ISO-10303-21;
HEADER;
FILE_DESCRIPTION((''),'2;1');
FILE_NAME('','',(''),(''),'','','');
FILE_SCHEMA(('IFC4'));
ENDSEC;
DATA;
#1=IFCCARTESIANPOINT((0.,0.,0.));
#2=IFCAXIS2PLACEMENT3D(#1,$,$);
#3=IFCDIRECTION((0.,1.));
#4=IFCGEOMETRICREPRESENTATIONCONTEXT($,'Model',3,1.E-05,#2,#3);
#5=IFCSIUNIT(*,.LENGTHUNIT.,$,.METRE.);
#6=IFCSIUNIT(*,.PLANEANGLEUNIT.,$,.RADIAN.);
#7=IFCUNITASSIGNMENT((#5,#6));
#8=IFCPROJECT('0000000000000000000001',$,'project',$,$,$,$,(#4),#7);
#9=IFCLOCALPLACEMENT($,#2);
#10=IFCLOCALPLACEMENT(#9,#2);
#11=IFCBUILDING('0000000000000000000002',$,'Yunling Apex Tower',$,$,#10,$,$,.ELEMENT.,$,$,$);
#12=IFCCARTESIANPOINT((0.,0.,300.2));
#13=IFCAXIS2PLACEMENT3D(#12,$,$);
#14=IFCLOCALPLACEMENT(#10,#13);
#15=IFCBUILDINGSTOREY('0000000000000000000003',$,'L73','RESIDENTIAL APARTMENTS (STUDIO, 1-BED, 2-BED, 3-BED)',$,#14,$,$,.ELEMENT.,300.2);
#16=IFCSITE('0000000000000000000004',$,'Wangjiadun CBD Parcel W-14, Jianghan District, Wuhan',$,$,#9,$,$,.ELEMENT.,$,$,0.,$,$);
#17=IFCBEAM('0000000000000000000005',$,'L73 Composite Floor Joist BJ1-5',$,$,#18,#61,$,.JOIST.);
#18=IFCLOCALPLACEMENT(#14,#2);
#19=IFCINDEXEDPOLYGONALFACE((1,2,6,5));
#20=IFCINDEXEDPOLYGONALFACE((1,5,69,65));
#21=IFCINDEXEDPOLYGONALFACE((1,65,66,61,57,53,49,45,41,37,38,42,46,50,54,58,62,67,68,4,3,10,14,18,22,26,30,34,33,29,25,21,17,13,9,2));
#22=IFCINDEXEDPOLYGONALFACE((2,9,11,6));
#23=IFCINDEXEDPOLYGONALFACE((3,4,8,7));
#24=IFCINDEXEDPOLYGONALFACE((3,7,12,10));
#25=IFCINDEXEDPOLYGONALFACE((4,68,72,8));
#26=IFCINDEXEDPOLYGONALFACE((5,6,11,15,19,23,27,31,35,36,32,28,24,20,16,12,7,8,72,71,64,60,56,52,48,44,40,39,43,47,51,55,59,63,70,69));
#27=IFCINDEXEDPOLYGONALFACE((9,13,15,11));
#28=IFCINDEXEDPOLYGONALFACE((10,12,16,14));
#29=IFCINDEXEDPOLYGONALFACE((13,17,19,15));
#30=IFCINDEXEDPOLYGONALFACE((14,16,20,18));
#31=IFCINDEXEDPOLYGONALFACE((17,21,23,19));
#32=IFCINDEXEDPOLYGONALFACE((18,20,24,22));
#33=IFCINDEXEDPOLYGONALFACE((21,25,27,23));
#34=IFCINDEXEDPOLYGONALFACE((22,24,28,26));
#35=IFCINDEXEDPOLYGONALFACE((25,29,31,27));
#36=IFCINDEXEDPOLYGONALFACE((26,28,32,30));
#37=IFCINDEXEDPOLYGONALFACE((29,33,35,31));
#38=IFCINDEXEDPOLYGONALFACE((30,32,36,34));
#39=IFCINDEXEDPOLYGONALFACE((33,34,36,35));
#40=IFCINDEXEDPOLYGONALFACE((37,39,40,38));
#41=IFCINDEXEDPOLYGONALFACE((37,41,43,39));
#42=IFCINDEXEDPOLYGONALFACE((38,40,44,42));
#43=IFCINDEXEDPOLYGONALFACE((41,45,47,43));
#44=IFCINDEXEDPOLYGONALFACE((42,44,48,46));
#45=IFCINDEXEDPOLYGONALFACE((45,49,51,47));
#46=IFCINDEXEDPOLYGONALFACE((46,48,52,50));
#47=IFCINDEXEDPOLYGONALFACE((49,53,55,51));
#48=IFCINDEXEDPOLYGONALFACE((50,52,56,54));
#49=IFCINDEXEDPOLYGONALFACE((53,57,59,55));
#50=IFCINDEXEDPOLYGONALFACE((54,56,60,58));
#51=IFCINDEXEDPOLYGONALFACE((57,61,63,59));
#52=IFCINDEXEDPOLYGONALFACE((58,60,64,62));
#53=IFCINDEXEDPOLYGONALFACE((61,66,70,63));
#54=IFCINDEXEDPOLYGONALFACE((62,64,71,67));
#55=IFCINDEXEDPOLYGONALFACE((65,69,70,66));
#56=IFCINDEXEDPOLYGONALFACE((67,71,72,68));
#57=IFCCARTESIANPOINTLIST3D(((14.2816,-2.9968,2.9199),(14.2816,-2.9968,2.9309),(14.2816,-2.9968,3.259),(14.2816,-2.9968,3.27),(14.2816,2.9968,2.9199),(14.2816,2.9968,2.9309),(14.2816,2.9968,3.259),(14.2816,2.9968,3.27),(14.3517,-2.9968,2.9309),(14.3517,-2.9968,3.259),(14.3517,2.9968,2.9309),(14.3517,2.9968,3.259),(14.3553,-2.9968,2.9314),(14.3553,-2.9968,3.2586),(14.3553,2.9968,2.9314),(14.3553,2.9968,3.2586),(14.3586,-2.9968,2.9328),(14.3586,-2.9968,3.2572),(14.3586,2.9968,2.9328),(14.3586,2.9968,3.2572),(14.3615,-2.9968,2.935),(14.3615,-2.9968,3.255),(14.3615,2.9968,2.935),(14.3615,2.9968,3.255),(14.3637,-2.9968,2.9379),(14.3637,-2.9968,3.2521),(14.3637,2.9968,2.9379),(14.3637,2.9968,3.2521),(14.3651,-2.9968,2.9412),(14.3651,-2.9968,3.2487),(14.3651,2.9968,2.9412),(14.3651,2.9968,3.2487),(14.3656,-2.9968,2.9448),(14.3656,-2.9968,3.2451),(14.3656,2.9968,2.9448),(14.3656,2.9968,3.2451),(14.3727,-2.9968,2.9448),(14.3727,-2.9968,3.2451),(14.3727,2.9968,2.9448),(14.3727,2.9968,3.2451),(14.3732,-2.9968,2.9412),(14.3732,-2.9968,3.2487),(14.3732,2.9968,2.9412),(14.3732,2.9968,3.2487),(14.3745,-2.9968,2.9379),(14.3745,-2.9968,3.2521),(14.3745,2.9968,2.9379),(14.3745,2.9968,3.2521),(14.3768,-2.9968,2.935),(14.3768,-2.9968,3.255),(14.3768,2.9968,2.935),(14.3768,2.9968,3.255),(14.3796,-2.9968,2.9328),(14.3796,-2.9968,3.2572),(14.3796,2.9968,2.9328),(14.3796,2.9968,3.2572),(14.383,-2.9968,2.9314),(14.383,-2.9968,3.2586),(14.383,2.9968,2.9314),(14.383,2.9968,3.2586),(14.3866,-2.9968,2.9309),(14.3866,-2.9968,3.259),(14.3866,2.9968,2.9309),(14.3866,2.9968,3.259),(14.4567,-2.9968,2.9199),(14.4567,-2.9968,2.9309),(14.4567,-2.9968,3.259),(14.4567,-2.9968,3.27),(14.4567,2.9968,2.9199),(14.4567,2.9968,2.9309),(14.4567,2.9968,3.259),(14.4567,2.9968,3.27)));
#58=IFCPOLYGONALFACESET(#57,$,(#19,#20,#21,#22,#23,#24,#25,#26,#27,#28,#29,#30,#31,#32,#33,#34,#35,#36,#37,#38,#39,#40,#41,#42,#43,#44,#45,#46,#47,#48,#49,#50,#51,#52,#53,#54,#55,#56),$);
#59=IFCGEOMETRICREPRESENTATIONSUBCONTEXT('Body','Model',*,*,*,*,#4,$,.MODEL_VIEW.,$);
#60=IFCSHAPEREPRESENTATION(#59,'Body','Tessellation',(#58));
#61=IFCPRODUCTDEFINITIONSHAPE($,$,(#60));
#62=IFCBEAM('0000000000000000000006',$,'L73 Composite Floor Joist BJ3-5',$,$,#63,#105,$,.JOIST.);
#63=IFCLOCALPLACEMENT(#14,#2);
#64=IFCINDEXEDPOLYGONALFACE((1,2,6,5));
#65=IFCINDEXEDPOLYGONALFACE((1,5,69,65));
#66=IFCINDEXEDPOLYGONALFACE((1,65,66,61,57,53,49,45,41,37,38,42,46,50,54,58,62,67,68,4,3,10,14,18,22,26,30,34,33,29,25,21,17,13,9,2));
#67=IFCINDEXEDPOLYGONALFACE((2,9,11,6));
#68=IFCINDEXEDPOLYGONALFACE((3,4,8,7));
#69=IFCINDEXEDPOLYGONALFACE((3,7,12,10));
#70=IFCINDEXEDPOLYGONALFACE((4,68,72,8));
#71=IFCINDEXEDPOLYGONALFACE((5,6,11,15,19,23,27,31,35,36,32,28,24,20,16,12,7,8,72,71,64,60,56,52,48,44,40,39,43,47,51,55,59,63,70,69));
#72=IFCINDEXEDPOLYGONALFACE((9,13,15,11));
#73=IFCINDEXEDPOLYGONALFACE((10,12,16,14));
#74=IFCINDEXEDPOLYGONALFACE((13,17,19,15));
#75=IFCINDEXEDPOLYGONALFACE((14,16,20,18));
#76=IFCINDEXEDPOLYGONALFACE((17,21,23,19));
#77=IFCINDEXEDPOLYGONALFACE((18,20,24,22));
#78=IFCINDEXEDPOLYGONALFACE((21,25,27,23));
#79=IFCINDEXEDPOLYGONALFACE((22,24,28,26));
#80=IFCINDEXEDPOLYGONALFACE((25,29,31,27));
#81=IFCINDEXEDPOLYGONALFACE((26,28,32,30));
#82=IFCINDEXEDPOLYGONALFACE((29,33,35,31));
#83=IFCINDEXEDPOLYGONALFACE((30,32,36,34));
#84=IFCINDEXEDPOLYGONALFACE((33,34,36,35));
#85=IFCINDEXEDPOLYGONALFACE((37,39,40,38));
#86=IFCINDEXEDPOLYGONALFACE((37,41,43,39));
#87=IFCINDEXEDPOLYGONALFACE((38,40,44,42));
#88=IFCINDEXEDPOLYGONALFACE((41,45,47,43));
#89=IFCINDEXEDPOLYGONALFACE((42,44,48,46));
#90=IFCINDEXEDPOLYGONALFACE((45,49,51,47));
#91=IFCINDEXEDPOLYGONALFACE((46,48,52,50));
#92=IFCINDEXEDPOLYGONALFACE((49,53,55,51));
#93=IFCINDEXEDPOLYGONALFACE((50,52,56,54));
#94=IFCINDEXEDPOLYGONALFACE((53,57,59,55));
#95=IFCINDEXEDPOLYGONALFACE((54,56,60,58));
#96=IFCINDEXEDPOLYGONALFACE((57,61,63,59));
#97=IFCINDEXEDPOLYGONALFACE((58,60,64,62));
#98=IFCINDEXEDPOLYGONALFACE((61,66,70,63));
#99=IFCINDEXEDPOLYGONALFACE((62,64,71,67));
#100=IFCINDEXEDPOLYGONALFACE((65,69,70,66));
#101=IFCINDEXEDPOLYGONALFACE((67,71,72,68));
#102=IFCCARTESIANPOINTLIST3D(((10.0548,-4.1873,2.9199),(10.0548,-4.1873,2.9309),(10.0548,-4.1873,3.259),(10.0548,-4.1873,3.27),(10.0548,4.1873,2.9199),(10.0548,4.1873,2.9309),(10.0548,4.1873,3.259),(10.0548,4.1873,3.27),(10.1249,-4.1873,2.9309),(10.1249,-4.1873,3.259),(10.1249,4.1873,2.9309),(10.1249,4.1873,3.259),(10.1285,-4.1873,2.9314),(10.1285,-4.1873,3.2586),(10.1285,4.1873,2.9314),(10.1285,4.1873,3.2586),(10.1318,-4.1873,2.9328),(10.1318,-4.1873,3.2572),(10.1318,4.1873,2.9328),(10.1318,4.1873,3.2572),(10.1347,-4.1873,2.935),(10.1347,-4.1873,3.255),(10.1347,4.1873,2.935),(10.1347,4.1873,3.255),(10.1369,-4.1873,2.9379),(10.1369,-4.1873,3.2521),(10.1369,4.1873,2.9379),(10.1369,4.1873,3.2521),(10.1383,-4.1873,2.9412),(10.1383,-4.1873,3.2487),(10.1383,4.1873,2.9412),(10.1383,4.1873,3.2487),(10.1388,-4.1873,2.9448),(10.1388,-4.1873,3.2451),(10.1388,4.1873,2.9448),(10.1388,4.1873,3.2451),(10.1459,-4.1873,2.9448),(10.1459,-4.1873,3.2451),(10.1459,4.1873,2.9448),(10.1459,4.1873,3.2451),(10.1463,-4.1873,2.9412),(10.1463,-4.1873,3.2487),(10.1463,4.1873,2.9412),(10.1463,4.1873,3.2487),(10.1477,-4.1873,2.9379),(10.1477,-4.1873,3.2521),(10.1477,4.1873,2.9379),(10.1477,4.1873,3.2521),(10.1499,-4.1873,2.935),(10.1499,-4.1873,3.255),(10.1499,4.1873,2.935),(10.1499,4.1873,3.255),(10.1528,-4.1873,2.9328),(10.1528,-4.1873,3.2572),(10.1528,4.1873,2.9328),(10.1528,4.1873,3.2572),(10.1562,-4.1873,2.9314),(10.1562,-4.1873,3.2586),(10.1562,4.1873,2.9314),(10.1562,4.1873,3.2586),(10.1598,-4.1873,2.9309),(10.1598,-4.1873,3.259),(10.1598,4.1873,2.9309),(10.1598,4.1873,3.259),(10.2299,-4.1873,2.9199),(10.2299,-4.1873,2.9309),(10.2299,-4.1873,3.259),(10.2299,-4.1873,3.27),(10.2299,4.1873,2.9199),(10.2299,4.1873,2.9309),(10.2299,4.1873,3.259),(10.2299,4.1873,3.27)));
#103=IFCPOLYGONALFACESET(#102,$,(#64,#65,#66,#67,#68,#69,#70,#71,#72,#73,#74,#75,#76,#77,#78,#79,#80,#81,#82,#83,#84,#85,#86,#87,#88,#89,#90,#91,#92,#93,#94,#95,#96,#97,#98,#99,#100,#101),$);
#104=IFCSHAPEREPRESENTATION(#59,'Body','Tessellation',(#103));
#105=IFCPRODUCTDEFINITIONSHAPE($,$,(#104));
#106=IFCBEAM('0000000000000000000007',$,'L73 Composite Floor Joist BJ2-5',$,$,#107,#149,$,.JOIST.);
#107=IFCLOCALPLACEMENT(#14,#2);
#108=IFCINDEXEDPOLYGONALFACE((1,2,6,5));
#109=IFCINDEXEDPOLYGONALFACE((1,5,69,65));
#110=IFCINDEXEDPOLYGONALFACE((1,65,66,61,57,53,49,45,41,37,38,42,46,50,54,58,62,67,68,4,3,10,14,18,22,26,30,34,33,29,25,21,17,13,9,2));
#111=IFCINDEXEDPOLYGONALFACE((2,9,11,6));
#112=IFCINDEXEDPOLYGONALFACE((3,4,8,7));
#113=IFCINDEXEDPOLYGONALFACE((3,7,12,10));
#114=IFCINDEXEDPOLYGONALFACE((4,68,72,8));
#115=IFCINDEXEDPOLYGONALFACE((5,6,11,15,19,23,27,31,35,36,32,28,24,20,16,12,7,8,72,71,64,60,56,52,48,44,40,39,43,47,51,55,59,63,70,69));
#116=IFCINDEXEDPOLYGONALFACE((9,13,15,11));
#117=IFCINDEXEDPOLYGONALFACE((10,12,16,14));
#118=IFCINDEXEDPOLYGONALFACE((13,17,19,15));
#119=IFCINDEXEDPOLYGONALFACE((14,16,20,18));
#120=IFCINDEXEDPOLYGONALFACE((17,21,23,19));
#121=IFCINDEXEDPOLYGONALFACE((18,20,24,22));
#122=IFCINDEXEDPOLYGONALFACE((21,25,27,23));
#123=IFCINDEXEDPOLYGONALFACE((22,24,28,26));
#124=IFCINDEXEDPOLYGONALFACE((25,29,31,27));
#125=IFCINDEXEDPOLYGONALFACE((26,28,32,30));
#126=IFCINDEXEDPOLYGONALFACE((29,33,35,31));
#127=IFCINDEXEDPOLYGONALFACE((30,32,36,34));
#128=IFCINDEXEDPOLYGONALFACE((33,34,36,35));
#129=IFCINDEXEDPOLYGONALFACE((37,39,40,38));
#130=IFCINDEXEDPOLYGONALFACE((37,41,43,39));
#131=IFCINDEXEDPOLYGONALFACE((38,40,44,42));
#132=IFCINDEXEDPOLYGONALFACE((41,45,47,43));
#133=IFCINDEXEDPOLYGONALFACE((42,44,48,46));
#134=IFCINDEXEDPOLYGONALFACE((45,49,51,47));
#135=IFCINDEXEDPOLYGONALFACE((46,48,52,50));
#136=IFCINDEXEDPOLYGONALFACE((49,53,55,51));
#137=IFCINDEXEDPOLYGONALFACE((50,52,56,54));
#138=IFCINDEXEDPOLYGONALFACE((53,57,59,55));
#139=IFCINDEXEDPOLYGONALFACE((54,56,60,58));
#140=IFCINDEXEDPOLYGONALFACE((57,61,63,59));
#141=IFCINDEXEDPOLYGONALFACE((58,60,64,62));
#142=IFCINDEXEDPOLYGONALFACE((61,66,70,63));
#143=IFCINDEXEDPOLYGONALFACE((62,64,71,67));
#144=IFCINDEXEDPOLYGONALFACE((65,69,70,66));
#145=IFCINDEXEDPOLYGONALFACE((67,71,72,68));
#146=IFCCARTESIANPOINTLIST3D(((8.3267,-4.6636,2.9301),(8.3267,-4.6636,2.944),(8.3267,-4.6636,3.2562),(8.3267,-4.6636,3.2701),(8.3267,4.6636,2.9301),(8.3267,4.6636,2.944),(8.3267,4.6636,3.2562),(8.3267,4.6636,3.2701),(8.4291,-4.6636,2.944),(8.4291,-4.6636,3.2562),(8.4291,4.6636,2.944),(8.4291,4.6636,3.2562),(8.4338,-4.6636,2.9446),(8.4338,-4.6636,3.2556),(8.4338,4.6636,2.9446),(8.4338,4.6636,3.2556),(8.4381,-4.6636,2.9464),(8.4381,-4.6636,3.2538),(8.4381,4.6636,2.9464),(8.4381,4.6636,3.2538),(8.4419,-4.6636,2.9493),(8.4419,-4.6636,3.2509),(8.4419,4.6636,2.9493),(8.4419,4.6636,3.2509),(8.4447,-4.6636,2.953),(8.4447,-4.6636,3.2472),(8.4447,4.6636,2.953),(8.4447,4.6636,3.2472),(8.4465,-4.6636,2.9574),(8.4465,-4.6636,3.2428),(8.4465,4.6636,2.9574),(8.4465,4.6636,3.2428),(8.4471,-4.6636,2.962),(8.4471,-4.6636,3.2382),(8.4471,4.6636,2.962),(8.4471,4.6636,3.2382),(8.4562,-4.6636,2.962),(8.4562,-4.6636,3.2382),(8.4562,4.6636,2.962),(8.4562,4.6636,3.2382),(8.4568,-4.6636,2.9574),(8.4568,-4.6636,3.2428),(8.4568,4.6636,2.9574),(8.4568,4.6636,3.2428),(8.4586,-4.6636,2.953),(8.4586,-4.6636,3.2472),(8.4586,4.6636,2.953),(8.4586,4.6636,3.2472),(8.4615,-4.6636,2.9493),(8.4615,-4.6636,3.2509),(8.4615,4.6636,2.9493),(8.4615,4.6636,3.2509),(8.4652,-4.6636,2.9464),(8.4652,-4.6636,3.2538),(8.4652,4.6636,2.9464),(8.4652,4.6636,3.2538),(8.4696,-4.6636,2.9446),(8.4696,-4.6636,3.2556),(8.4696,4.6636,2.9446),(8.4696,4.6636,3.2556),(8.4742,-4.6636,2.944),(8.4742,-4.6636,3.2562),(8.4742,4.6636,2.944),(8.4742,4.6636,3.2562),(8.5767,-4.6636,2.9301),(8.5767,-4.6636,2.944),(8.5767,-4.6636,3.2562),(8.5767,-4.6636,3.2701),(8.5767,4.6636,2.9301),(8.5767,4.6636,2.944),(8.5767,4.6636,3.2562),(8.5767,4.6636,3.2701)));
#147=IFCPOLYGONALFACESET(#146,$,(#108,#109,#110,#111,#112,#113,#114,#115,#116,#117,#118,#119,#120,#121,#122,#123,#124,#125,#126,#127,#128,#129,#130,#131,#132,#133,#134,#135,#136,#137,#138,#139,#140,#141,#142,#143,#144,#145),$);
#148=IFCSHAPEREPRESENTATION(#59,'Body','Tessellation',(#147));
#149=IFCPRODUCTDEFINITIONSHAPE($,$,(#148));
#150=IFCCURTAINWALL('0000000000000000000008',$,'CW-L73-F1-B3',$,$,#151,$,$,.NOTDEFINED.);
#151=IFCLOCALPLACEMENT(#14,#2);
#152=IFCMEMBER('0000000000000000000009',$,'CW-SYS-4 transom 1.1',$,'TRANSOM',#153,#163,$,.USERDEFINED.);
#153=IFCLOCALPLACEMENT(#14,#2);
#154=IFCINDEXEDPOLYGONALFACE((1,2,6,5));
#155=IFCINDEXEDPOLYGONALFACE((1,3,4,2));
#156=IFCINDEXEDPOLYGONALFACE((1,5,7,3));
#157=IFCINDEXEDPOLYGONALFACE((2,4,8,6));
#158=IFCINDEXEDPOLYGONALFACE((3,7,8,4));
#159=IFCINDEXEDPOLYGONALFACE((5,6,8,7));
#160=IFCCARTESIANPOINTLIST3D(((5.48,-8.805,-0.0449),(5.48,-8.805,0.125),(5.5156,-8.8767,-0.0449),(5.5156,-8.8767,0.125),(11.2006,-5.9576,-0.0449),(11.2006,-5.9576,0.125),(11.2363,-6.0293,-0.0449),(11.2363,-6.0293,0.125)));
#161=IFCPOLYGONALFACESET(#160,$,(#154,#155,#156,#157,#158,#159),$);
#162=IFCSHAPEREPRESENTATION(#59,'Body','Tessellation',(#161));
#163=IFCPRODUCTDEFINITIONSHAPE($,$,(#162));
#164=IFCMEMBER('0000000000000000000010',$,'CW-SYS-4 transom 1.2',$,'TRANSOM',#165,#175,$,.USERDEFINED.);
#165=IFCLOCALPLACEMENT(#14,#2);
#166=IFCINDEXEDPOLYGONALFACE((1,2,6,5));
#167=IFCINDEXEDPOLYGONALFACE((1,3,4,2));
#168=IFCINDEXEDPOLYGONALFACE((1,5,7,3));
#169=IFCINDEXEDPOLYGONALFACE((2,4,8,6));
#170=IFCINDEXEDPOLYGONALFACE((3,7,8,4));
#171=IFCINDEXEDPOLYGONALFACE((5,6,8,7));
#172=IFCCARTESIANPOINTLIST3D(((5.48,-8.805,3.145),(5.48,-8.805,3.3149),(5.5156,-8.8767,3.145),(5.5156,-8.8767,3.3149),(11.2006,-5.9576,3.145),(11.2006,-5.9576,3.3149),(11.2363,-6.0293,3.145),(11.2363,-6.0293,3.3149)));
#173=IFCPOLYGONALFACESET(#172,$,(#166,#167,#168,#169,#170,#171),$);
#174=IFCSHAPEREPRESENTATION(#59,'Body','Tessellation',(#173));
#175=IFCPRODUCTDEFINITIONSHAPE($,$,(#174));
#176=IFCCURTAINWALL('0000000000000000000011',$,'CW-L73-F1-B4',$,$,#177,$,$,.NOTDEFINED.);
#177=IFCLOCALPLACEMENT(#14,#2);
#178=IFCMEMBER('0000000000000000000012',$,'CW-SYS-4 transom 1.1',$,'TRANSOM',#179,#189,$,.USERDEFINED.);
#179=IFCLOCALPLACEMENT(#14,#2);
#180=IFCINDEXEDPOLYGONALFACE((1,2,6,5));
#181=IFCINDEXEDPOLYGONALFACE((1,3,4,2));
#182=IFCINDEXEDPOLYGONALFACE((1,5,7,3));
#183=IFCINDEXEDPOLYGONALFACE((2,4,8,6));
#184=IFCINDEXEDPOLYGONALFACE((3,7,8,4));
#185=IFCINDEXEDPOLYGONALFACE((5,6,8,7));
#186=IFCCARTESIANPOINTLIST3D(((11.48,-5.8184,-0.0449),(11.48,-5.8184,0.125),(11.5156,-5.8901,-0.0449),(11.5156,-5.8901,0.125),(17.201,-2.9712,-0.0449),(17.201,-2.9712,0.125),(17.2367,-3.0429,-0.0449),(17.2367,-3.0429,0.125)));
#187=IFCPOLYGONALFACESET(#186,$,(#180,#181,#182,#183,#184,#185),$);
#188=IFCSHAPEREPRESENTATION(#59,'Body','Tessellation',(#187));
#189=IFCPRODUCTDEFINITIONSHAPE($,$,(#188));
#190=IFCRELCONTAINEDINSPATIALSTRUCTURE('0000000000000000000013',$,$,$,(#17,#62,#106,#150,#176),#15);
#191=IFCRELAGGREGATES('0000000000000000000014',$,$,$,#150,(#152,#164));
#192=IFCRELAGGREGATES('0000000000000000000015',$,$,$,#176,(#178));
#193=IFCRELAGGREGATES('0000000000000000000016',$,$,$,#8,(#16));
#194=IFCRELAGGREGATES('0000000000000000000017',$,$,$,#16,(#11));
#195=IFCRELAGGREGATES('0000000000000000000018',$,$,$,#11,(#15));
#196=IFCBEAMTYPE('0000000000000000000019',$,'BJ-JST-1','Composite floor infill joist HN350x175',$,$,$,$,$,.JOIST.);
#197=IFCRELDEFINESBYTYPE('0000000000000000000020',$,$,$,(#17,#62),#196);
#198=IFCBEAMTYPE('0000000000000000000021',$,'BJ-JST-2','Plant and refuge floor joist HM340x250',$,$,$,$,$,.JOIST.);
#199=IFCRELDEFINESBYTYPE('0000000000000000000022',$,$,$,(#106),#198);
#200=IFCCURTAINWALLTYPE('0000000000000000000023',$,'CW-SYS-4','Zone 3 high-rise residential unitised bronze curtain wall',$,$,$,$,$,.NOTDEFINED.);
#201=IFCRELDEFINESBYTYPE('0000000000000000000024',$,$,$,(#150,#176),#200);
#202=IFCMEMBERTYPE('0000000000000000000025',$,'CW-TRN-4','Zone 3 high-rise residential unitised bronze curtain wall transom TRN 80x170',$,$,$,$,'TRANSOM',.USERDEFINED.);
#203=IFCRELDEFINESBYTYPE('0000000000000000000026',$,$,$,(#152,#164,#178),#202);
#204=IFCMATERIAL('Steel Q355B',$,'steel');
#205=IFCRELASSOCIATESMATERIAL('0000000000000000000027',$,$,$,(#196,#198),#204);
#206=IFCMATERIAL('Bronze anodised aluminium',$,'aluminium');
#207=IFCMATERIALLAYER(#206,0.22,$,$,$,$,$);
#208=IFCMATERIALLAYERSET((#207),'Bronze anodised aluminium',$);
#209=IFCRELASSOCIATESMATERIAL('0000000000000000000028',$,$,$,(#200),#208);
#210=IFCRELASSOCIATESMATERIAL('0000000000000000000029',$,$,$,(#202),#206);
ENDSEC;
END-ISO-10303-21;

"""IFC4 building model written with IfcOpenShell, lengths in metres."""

from ifc_helpers import new_model, si_unit, direction, frame, origin, origin_2d, place, context, subcontext, project, spatial, rectangle, i_section, extrude, source, transform, mapped, material, layer, layer_set, material_profile, profile_set, type_object, element, aggregate, save


model = new_model("IFC4")

# Units and contexts
model_context = context("Model", 3, precision=1e-05, world=origin(), true_north=direction((0.0, 1.0)))
body_context = subcontext(model_context, "Body", "Model", "MODEL_VIEW")
ifc_project = project(units=[si_unit("LENGTHUNIT", "METRE"), si_unit("PLANEANGLEUNIT", "RADIAN")], contexts=[model_context])

# Site, building, storey
site_placement = place(None, origin())
site = spatial("IfcSite", under=ifc_project, at=site_placement, Name="Wangjiadun CBD Parcel W-14, Jianghan District, Wuhan", CompositionType="ELEMENT", RefElevation=0.0)
building_placement = place(site_placement, origin())
building = spatial("IfcBuilding", under=site, at=building_placement, Name="Yunling Apex Tower", CompositionType="ELEMENT")
storey_placement = place(building_placement, frame((0.0, 0.0, 300.2)))
storey = spatial("IfcBuildingStorey", under=building, at=storey_placement, Name="L73", Description="RESIDENTIAL APARTMENTS (STUDIO, 1-BED, 2-BED, 3-BED)", CompositionType="ELEMENT", Elevation=300.2)

# Shared definitions
ifc_material_1 = material(Name="Steel Q355B", Category="steel")

# Beams
ifc_material_profile_1 = material_profile(ifc_material_1, i_section(OverallWidth=0.175, OverallDepth=0.3501, WebThickness=0.0071, FlangeThickness=0.011, FilletRadius=0.0139, at=origin_2d()))
ifc_profile_set_1 = profile_set([ifc_material_profile_1], Name="Steel Q355B")
beam_type_1 = type_object("IfcBeamType", Name="BJ-JST-1", Description="Composite floor infill joist HN350x175", PredefinedType="JOIST", material=ifc_profile_set_1)
shared_shape_1 = source(origin(), body_context, "Body", "SweptSolid", [
    extrude(i_section(OverallWidth=0.175, OverallDepth=0.3501, WebThickness=0.0071, FlangeThickness=0.011, FilletRadius=0.0139, at=origin_2d()), origin(), (0.0, 0.0, 1.0), 5.9937),
])
beam_1_placement = place(storey_placement, frame((14.3691, -2.9968, 3.095), z_axis=(0.0, 1.0, 0.0), x_axis=(-1.0, 0.0, 0.0)))
element("IfcBeam", 1, at=beam_1_placement, inside=storey, type_object=beam_type_1, Name="L73 Composite Floor Joist BJ1-5", PredefinedType="JOIST", context=body_context, shape_type="MappedRepresentation", body=[
    mapped(shared_shape_1, transform((0.0, 0.0, 0.0), scale=1.0)),
])
shared_shape_2 = source(origin(), body_context, "Body", "SweptSolid", [
    extrude(i_section(OverallWidth=0.175, OverallDepth=0.3501, WebThickness=0.0071, FlangeThickness=0.011, FilletRadius=0.0139, at=origin_2d()), origin(), (0.0, 0.0, 1.0), 8.3745),
])
beam_2_placement = place(storey_placement, frame((10.1423, -4.1873, 3.095), z_axis=(0.0, 1.0, 0.0), x_axis=(-1.0, 0.0, 0.0)))
element("IfcBeam", 2, at=beam_2_placement, inside=storey, type_object=beam_type_1, Name="L73 Composite Floor Joist BJ3-5", PredefinedType="JOIST", context=body_context, shape_type="MappedRepresentation", body=[
    mapped(shared_shape_2, transform((0.0, 0.0, 0.0), scale=1.0)),
])
ifc_material_profile_2 = material_profile(ifc_material_1, i_section(OverallWidth=0.25, OverallDepth=0.3401, WebThickness=0.009, FlangeThickness=0.0139, FilletRadius=0.0181, at=origin_2d()))
ifc_profile_set_2 = profile_set([ifc_material_profile_2], Name="Steel Q355B")
beam_type_2 = type_object("IfcBeamType", Name="BJ-JST-2", Description="Plant and refuge floor joist HM340x250", PredefinedType="JOIST", material=ifc_profile_set_2)
shared_shape_3 = source(origin(), body_context, "Body", "SweptSolid", [
    extrude(i_section(OverallWidth=0.25, OverallDepth=0.3401, WebThickness=0.009, FlangeThickness=0.0139, FilletRadius=0.0181, at=origin_2d()), origin(), (0.0, 0.0, 1.0), 9.3271),
])
beam_3_placement = place(storey_placement, frame((8.4517, -4.6636, 3.1001), z_axis=(0.0, 1.0, 0.0), x_axis=(-1.0, 0.0, 0.0)))
element("IfcBeam", 3, at=beam_3_placement, inside=storey, type_object=beam_type_2, Name="L73 Composite Floor Joist BJ2-5", PredefinedType="JOIST", context=body_context, shape_type="MappedRepresentation", body=[
    mapped(shared_shape_3, transform((0.0, 0.0, 0.0), scale=1.0)),
])

# Curtain walls, members
ifc_material_2 = material(Name="Bronze anodised aluminium", Category="aluminium")
ifc_layer_1 = layer(ifc_material_2, 0.22)
ifc_layer_set_1 = layer_set([ifc_layer_1], Name="Bronze anodised aluminium")
curtain_wall_type = type_object("IfcCurtainWallType", Name="CW-SYS-4", Description="Zone 3 high-rise residential unitised bronze curtain wall", PredefinedType="NOTDEFINED", material=ifc_layer_set_1)
curtain_wall_1_placement = place(storey_placement, origin())
curtain_wall_1 = element("IfcCurtainWall", 4, at=curtain_wall_1_placement, inside=storey, type_object=curtain_wall_type, Name="CW-L73-F1-B3", PredefinedType="NOTDEFINED")
ifc_material_profile_3 = material_profile(ifc_material_2, rectangle(XDim=0.0801, YDim=0.1699, at=origin_2d()))
ifc_profile_set_3 = profile_set([ifc_material_profile_3], Name="Bronze anodised aluminium")
member_type_1 = type_object("IfcMemberType", Name="CW-TRN-4", Description="Zone 3 high-rise residential unitised bronze curtain wall transom TRN 80x170", ElementType="TRANSOM", PredefinedType="USERDEFINED", material=ifc_profile_set_3)
shared_shape_4 = source(origin(), body_context, "Body", "SweptSolid", [
    extrude(rectangle(XDim=0.0801, YDim=0.1699, at=origin_2d()), origin(), (0.0, 0.0, 1.0), 6.3901),
])
member_1_placement = place(storey_placement, frame((5.4978, -8.8408, 0.04), z_axis=(0.895236, 0.445593, 0.0), x_axis=(-0.445593, 0.895236, 0.0)))
member_1 = element("IfcMember", 5, at=member_1_placement, type_object=member_type_1, Name="CW-SYS-4 transom 1.1", ObjectType="TRANSOM", PredefinedType="USERDEFINED", context=body_context, shape_type="MappedRepresentation", body=[
    mapped(shared_shape_4, transform((0.0, 0.0, 0.0), scale=1.0)),
])
member_2_placement = place(storey_placement, frame((5.4978, -8.8408, 3.23), z_axis=(0.895236, 0.445593, 0.0), x_axis=(-0.445593, 0.895236, 0.0)))
member_2 = element("IfcMember", 6, at=member_2_placement, type_object=member_type_1, Name="CW-SYS-4 transom 1.2", ObjectType="TRANSOM", PredefinedType="USERDEFINED", context=body_context, shape_type="MappedRepresentation", body=[
    mapped(shared_shape_4, transform((0.0, 0.0, 0.0), scale=1.0)),
])
curtain_wall_2_placement = place(storey_placement, origin())
curtain_wall_2 = element("IfcCurtainWall", 7, at=curtain_wall_2_placement, inside=storey, type_object=curtain_wall_type, Name="CW-L73-F1-B4", PredefinedType="NOTDEFINED")
shared_shape_5 = source(origin(), body_context, "Body", "SweptSolid", [
    extrude(rectangle(XDim=0.0801, YDim=0.1699, at=origin_2d()), origin(), (0.0, 0.0, 1.0), 6.3904),
])
member_3_placement = place(storey_placement, frame((11.4978, -5.8542, 0.04), z_axis=(0.895259, 0.445547, 0.0), x_axis=(-0.445547, 0.895259, 0.0)))
member_3 = element("IfcMember", 8, at=member_3_placement, type_object=member_type_1, Name="CW-SYS-4 transom 1.1", ObjectType="TRANSOM", PredefinedType="USERDEFINED", context=body_context, shape_type="MappedRepresentation", body=[
    mapped(shared_shape_5, transform((0.0, 0.0, 0.0), scale=1.0)),
])

aggregate(curtain_wall_1, [member_1, member_2])
aggregate(curtain_wall_2, [member_3])

save(model, "model.ifc")
